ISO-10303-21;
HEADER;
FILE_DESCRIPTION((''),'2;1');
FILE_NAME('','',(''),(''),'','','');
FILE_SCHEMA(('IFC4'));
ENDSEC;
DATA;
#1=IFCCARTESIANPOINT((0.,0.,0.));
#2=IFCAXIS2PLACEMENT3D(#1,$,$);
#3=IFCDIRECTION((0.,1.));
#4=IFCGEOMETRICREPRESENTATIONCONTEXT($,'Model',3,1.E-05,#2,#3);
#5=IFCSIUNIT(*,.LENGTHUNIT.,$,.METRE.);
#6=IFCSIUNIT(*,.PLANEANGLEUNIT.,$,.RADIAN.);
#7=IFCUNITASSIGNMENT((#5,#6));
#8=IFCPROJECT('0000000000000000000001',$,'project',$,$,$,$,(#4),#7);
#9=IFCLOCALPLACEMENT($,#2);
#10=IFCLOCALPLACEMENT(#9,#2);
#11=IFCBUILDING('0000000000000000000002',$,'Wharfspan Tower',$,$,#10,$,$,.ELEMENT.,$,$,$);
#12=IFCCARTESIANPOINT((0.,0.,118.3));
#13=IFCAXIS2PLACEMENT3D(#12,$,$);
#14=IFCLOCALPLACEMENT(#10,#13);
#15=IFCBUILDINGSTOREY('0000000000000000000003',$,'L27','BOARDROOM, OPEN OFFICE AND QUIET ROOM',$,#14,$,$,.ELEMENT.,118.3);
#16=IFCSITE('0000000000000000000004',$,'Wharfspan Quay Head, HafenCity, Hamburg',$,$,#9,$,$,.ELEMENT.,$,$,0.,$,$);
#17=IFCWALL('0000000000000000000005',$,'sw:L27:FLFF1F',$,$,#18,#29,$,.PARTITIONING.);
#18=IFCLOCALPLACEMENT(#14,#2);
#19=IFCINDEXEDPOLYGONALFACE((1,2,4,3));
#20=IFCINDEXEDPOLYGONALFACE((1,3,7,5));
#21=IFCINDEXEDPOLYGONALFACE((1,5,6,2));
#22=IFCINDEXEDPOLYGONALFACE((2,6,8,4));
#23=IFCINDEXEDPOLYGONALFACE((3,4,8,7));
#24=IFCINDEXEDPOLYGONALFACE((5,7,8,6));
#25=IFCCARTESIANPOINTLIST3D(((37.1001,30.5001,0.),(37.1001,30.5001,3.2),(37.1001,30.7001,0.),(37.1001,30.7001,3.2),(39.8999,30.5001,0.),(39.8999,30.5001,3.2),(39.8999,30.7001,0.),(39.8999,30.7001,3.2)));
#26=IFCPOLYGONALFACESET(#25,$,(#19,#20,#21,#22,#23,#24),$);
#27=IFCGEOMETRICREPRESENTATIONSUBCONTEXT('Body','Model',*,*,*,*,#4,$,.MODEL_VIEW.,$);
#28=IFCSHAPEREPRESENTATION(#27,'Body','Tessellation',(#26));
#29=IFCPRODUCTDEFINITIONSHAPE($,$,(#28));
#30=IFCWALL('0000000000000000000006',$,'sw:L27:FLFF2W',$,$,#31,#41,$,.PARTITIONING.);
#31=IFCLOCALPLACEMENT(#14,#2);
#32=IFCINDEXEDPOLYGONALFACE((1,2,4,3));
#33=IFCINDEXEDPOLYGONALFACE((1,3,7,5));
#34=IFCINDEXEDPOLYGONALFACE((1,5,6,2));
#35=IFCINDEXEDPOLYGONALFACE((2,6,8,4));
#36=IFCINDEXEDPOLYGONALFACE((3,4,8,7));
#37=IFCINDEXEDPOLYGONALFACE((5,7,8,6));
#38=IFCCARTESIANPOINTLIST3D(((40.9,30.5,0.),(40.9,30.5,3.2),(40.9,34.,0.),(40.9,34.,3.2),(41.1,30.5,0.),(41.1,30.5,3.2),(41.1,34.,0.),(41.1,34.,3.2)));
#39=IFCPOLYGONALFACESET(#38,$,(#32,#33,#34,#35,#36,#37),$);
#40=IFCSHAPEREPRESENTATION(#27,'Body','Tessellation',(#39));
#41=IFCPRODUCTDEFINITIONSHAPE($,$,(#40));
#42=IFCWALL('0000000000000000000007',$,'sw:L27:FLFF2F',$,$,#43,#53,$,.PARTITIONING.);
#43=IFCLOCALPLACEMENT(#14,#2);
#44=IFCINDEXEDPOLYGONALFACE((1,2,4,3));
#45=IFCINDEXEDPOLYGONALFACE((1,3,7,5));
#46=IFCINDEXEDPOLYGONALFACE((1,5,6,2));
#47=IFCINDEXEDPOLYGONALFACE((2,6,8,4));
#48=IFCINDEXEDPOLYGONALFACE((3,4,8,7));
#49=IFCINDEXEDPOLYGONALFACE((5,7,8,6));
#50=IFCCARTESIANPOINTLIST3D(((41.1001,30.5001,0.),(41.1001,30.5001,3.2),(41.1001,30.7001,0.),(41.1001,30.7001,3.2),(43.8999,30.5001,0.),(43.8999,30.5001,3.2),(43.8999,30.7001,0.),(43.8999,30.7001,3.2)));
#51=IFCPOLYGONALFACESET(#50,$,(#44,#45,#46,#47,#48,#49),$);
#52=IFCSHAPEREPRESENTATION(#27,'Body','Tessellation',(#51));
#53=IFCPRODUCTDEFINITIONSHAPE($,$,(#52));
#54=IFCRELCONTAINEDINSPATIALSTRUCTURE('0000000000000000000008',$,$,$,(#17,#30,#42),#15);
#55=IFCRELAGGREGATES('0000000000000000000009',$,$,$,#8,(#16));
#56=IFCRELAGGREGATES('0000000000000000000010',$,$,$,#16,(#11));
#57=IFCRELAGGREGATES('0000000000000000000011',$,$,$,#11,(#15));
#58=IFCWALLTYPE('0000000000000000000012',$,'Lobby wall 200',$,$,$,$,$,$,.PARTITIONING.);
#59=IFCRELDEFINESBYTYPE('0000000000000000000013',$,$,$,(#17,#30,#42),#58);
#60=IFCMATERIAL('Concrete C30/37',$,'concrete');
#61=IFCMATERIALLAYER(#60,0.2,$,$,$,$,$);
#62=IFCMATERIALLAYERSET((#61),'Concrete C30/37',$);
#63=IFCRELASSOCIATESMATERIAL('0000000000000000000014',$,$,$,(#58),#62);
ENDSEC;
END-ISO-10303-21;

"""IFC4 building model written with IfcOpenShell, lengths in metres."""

from ifc_helpers import new_model, si_unit, direction, frame, frame_2d, origin, place, context, subcontext, project, spatial, rectangle, extrude, material, layer, layer_set, type_object, element, save


model = new_model("IFC4")

# Units and contexts
model_context = context("Model", 3, precision=1e-05, world=origin(), true_north=direction((0.0, 1.0)))
body_context = subcontext(model_context, "Body", "Model", "MODEL_VIEW")
ifc_project = project(units=[si_unit("LENGTHUNIT", "METRE"), si_unit("PLANEANGLEUNIT", "RADIAN")], contexts=[model_context])

# Site, building, storey
site_placement = place(None, origin())
site = spatial("IfcSite", under=ifc_project, at=site_placement, Name="Wharfspan Quay Head, HafenCity, Hamburg", CompositionType="ELEMENT", RefElevation=0.0)
building_placement = place(site_placement, origin())
building = spatial("IfcBuilding", under=site, at=building_placement, Name="Wharfspan Tower", CompositionType="ELEMENT")
storey_placement = place(building_placement, frame((0.0, 0.0, 118.3)))
storey = spatial("IfcBuildingStorey", under=building, at=storey_placement, Name="L27", Description="BOARDROOM, OPEN OFFICE AND QUIET ROOM", CompositionType="ELEMENT", Elevation=118.3)

# Shared definitions
ifc_material_1 = material(Name="Concrete C30/37", Category="concrete")

# Shared definitions
ifc_layer_1 = layer(ifc_material_1, 0.2)
ifc_layer_set_1 = layer_set([ifc_layer_1], Name="Concrete C30/37")
wall_type_1 = type_object("IfcWallType", Name="Lobby wall 200", PredefinedType="PARTITIONING", material=ifc_layer_set_1)

# Walls
wall_1_placement = place(storey_placement, frame((37.1001, 30.6001, 0.0), z_axis=(0.0, 0.0, 1.0), x_axis=(1.0, 0.0, 0.0)))
element("IfcWall", 1, at=wall_1_placement, inside=storey, type_object=wall_type_1, Name="sw:L27:FLFF1F", PredefinedType="PARTITIONING", context=body_context, shape_type="SweptSolid", body=[
    extrude(rectangle(XDim=2.7998, YDim=0.2, at=frame_2d((1.3999, 0.0))), origin(), (0.0, 0.0, 1.0), 3.2),
])
wall_2_placement = place(storey_placement, frame((41.0, 30.5, 0.0), z_axis=(0.0, 0.0, 1.0), x_axis=(0.0, 1.0, 0.0)))
element("IfcWall", 2, at=wall_2_placement, inside=storey, type_object=wall_type_1, Name="sw:L27:FLFF2W", PredefinedType="PARTITIONING", context=body_context, shape_type="SweptSolid", body=[
    extrude(rectangle(XDim=3.5, YDim=0.2, at=frame_2d((1.75, 0.0))), origin(), (0.0, 0.0, 1.0), 3.2),
])
wall_3_placement = place(storey_placement, frame((41.1001, 30.6001, 0.0), z_axis=(0.0, 0.0, 1.0), x_axis=(1.0, 0.0, 0.0)))
element("IfcWall", 3, at=wall_3_placement, inside=storey, type_object=wall_type_1, Name="sw:L27:FLFF2F", PredefinedType="PARTITIONING", context=body_context, shape_type="SweptSolid", body=[
    extrude(rectangle(XDim=2.7998, YDim=0.2, at=frame_2d((1.3999, 0.0))), origin(), (0.0, 0.0, 1.0), 3.2),
])

save(model, "model.ifc")
